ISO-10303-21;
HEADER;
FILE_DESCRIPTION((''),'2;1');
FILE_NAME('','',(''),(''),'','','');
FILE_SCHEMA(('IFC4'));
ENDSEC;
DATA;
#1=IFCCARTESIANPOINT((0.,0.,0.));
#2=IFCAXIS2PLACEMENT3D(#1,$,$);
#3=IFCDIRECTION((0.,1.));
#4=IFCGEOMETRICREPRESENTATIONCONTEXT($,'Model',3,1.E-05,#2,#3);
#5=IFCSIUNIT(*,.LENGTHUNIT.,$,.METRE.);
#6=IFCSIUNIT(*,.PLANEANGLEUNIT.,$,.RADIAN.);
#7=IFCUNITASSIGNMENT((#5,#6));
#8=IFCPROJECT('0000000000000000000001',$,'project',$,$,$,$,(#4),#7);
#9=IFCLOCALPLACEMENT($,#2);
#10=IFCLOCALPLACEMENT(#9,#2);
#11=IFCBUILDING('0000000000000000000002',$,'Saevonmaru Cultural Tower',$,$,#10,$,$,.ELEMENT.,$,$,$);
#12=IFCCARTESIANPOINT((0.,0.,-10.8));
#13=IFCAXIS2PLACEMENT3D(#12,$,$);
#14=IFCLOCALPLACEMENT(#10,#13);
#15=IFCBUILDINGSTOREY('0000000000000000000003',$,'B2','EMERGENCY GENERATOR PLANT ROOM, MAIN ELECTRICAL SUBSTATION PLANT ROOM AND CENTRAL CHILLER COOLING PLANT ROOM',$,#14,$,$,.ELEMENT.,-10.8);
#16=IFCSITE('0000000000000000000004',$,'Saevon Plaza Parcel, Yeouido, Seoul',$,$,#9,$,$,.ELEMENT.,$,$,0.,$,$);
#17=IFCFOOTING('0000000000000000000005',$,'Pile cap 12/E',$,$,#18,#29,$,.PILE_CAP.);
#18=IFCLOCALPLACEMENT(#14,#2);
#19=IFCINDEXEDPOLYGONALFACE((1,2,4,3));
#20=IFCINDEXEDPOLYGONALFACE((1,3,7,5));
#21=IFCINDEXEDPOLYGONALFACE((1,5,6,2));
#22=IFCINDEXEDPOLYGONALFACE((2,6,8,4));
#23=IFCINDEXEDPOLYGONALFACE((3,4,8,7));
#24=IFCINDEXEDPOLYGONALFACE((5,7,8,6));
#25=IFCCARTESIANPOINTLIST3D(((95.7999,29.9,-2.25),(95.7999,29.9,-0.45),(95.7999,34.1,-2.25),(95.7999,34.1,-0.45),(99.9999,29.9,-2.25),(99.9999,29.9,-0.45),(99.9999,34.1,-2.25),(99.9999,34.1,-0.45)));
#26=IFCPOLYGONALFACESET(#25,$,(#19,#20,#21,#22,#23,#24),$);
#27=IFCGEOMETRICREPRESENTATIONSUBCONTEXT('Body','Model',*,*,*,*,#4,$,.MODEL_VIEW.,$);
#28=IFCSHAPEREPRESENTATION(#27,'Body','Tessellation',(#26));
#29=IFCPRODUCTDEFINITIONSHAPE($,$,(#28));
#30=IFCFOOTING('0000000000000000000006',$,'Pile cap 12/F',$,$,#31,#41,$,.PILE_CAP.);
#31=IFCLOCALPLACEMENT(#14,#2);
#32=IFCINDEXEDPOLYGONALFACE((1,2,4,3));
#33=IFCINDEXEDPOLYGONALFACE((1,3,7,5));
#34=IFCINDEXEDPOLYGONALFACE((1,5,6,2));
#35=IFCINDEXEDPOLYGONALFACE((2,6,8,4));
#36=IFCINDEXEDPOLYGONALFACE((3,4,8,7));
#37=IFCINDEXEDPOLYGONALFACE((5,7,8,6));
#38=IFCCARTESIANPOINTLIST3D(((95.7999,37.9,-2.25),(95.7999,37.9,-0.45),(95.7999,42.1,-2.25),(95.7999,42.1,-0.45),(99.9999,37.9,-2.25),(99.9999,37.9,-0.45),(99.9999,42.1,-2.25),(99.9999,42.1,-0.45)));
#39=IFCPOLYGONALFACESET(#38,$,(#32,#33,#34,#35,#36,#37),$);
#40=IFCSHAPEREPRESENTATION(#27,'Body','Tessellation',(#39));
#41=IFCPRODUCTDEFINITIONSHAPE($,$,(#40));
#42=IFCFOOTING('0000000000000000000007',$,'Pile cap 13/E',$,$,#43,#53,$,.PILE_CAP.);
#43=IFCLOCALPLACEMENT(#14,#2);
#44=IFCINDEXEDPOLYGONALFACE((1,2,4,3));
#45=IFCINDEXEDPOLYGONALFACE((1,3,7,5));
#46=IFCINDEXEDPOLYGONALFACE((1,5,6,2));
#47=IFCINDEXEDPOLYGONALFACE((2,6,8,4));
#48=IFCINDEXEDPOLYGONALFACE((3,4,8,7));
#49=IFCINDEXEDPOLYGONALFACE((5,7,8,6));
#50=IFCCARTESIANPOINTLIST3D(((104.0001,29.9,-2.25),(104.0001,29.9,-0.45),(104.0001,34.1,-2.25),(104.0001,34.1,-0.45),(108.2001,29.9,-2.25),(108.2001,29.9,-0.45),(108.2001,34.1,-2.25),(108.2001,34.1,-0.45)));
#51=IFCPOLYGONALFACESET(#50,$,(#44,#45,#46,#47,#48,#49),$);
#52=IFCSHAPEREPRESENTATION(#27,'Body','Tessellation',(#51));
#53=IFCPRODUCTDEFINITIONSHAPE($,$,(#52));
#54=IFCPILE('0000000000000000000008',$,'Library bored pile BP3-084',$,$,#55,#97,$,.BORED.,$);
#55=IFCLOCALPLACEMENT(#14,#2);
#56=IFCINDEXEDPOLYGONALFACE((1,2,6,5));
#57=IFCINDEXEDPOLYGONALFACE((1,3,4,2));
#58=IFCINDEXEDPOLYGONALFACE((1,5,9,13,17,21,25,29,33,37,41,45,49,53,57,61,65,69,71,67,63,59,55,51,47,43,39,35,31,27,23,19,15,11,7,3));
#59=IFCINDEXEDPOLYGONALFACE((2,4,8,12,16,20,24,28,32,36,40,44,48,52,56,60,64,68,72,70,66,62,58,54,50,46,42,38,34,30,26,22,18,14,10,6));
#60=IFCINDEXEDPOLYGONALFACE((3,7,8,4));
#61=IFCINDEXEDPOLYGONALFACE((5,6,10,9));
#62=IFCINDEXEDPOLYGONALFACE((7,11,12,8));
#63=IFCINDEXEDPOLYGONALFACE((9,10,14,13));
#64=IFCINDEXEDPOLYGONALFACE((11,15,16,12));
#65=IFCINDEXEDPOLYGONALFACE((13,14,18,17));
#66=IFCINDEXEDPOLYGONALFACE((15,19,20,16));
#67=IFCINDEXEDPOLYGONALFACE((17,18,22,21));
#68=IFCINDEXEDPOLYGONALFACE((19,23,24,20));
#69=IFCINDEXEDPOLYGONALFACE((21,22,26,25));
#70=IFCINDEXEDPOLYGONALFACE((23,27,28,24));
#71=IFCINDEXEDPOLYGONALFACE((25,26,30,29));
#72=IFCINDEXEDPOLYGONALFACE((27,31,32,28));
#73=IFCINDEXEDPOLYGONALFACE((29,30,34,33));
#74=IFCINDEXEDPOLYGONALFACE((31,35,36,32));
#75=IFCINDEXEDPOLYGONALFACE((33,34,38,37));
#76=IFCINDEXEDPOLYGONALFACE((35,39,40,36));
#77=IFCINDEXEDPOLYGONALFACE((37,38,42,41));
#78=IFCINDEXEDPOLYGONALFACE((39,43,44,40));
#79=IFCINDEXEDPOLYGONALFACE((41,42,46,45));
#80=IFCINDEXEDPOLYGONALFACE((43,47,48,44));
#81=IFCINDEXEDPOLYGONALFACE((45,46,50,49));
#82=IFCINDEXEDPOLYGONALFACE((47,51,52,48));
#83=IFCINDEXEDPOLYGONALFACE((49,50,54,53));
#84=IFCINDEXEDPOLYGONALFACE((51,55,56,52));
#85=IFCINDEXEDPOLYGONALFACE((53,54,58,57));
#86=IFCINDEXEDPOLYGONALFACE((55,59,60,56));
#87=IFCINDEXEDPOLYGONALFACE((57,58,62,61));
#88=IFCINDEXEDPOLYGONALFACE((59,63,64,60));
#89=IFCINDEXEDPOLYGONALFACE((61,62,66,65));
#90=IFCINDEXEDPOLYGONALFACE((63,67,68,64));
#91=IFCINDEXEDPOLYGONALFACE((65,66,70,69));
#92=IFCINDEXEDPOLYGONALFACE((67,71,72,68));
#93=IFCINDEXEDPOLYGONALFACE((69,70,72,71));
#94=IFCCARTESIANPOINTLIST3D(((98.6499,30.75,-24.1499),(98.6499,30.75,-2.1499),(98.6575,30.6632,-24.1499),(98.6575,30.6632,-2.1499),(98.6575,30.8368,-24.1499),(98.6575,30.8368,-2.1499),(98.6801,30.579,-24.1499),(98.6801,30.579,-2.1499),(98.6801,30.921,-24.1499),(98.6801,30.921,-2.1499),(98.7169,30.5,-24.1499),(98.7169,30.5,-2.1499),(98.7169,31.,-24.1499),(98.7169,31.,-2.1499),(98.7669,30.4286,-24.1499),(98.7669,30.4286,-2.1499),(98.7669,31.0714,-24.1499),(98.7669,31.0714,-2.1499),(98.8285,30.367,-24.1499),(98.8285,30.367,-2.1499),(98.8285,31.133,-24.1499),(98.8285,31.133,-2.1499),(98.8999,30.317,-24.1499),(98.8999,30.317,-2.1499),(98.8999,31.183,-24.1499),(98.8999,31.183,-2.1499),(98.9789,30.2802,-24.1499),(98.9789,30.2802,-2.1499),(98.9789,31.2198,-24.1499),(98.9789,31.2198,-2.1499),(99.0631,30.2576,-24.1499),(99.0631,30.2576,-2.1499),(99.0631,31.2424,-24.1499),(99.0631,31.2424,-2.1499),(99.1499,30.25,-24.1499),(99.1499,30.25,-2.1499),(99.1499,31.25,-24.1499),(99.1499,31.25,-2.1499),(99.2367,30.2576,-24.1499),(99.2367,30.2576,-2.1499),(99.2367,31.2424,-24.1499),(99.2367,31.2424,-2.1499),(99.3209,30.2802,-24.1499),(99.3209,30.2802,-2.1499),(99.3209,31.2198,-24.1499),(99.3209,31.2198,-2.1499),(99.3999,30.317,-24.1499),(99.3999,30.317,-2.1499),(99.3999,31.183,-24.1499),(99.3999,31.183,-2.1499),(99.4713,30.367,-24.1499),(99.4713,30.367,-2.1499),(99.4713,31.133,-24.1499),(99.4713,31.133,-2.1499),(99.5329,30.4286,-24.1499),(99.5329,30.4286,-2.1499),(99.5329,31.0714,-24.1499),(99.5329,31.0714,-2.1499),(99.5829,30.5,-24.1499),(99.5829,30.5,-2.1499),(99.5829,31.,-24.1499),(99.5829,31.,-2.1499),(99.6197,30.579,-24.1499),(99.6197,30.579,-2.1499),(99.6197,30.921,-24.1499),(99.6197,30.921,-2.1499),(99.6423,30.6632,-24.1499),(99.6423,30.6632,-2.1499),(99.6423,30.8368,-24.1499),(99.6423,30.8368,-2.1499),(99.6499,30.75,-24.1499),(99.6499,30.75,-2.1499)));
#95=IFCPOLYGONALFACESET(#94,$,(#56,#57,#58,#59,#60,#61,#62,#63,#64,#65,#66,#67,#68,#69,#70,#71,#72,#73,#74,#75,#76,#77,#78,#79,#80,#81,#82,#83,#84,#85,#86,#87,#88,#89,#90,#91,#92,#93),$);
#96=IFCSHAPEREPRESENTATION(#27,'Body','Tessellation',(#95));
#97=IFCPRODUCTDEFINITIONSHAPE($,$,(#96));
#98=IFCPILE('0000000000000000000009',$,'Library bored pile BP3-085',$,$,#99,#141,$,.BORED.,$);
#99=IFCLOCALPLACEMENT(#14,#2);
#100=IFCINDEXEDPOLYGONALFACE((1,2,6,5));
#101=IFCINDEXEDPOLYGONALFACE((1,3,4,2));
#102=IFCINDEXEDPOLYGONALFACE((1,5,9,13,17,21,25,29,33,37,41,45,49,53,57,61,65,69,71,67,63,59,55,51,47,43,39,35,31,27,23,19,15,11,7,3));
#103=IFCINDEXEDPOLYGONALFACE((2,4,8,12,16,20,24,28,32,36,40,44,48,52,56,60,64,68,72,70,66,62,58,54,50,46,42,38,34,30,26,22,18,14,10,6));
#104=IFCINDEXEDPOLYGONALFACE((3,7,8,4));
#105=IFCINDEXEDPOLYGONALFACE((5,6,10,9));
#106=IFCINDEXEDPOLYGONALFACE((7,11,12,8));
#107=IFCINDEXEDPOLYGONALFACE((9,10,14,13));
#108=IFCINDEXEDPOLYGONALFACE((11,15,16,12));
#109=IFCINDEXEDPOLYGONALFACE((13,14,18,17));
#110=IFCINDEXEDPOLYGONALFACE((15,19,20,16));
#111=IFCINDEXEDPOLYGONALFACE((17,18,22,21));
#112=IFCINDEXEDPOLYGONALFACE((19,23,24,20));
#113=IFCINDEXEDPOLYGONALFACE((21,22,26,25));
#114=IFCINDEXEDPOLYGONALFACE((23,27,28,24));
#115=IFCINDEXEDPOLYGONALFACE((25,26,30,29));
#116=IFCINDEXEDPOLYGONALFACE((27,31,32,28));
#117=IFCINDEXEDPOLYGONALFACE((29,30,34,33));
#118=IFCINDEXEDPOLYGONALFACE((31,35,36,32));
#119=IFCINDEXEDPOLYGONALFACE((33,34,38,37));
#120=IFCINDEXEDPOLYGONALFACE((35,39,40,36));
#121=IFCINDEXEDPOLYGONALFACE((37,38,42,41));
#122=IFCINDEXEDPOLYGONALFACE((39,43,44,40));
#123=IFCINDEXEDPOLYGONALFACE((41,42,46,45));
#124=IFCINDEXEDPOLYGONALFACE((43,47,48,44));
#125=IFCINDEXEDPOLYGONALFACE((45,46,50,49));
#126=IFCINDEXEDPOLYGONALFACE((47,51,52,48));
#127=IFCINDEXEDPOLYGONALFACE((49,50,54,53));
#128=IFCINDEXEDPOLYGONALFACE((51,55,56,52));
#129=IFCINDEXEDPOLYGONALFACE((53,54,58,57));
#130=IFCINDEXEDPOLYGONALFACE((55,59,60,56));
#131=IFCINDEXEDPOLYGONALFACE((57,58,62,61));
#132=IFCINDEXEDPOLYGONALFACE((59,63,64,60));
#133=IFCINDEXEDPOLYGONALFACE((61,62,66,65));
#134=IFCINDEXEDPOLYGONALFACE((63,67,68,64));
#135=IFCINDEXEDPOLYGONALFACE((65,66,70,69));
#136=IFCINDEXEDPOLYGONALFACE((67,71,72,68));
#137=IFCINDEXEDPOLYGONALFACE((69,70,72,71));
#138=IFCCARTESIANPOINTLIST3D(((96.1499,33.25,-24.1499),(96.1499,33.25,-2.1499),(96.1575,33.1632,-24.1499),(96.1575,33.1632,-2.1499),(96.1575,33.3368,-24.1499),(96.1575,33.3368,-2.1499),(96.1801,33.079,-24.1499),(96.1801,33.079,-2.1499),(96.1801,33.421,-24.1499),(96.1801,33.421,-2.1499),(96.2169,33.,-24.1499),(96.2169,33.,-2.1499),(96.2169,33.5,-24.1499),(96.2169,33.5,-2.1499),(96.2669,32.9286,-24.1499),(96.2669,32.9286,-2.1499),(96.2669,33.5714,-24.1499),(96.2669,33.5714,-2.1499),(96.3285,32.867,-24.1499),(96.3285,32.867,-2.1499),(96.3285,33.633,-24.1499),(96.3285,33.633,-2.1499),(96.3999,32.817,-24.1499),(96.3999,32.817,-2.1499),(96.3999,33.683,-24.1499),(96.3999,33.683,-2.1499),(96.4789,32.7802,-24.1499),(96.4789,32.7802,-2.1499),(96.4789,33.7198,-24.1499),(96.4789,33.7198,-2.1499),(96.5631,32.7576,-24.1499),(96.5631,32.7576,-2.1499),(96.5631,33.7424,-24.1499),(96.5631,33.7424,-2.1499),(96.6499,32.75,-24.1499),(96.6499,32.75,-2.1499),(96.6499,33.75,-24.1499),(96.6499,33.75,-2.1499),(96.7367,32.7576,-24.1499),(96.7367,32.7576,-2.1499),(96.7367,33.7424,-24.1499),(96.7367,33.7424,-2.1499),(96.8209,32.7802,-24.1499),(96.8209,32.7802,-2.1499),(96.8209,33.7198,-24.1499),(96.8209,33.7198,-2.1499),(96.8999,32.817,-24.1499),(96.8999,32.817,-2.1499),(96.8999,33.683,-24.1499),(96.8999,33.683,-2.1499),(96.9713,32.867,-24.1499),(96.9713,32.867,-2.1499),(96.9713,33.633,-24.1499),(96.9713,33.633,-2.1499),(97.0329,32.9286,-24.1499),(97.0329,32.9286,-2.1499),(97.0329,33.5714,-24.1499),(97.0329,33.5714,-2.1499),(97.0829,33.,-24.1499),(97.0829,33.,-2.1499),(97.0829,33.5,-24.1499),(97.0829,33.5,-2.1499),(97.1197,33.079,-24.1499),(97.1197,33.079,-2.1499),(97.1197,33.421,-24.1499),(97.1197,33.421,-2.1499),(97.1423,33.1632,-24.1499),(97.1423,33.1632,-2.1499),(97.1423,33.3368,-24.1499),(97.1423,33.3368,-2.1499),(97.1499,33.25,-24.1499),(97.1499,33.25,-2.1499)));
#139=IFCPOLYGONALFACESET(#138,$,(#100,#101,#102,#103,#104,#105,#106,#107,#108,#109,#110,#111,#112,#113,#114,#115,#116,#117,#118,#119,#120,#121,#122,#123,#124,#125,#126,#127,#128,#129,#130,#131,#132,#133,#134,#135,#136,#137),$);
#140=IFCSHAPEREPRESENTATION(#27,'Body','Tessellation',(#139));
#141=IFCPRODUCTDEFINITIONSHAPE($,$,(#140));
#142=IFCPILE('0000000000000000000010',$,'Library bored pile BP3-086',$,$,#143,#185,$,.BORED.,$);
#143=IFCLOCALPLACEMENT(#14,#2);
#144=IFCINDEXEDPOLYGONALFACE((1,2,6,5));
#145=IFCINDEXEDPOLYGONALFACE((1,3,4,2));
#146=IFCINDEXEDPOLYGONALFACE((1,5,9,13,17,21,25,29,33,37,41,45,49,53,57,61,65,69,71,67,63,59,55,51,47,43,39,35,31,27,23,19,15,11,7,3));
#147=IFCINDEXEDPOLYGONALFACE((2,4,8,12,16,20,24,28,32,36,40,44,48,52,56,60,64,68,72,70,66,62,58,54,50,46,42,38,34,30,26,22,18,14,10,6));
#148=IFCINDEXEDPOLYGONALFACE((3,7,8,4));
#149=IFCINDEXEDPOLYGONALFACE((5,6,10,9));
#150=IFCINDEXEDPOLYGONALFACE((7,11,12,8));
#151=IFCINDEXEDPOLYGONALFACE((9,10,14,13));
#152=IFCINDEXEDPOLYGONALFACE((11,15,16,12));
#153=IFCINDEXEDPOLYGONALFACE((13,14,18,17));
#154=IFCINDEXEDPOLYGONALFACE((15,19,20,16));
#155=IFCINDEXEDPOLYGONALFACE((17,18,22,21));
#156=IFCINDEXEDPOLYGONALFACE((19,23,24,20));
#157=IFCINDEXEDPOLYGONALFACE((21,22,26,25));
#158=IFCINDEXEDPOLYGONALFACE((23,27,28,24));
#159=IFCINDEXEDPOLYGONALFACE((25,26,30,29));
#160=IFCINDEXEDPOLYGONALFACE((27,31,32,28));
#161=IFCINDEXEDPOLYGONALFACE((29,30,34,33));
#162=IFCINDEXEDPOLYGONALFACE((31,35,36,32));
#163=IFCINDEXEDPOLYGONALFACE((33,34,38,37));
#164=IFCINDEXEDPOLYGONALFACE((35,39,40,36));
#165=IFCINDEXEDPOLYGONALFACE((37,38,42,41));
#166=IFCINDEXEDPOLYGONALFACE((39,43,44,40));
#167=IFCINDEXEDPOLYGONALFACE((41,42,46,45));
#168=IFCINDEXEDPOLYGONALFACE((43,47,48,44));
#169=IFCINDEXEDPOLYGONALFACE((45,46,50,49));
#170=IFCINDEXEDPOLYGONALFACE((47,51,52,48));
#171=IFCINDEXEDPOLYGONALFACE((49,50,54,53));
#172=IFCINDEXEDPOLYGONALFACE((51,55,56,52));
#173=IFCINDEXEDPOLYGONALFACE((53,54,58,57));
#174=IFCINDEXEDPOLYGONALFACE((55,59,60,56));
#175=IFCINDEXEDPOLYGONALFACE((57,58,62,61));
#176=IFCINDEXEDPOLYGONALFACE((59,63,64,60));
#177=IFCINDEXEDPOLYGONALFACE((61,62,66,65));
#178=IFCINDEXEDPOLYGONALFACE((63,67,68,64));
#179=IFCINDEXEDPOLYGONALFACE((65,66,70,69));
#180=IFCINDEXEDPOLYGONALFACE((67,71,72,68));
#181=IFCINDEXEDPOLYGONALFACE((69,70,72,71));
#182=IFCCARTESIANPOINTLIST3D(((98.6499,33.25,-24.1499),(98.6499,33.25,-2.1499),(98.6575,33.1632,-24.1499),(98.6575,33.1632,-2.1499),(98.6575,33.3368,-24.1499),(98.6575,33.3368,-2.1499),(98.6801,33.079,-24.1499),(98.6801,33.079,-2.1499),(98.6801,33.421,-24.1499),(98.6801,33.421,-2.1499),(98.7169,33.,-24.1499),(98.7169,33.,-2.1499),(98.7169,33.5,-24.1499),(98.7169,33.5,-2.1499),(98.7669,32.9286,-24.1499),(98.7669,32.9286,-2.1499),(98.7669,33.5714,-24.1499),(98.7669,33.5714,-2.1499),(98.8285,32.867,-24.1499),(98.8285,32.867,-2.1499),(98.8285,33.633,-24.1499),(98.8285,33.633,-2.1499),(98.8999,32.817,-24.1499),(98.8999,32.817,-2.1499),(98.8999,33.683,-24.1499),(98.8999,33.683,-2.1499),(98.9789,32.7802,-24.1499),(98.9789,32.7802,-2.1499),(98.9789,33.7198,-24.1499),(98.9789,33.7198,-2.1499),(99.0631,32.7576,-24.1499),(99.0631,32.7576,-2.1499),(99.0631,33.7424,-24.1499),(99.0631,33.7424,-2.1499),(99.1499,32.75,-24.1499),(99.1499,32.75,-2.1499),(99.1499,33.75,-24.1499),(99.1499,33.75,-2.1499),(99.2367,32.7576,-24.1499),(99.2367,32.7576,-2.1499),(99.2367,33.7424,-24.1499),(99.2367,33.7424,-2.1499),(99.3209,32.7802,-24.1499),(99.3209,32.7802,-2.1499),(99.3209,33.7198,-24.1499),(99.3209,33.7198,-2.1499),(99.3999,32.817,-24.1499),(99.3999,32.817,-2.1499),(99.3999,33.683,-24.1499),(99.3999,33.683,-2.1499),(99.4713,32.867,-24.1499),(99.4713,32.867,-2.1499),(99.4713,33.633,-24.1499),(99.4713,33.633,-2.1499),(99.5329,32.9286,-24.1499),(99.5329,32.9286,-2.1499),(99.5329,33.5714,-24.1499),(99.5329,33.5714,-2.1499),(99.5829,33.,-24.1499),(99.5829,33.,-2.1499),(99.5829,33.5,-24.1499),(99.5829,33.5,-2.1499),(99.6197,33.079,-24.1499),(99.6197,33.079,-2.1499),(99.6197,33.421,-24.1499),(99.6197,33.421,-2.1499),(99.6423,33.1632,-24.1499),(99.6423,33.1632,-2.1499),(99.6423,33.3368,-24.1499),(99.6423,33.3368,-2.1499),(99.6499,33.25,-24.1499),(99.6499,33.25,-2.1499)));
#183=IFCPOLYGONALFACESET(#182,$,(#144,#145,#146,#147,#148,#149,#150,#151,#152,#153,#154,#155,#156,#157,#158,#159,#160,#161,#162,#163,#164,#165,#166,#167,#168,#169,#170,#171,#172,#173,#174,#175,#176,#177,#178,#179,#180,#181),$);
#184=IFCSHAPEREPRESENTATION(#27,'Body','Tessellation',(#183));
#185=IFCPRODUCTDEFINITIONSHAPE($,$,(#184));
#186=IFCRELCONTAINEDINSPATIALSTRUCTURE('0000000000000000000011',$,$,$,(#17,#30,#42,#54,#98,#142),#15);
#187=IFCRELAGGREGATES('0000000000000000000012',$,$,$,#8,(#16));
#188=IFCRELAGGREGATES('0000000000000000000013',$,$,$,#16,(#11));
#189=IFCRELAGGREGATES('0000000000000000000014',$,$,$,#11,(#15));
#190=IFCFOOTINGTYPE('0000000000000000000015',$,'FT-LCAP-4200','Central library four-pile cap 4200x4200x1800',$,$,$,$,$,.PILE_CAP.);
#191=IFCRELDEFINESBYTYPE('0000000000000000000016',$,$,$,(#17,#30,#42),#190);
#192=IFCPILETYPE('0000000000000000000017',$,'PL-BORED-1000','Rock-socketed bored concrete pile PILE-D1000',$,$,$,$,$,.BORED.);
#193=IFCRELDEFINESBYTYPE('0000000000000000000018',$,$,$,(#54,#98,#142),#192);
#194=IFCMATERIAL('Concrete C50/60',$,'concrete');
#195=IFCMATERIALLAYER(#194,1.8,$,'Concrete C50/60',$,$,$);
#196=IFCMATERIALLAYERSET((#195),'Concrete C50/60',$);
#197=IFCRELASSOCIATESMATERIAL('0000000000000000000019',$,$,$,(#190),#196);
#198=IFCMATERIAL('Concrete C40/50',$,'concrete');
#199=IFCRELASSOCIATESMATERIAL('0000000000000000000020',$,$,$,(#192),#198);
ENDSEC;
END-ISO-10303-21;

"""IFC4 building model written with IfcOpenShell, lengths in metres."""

from ifc_helpers import new_model, si_unit, direction, frame, origin, origin_2d, place, context, subcontext, project, spatial, rectangle, circle, extrude, material, layer, layer_set, material_profile, profile_set, type_object, element, save


model = new_model("IFC4")

# Units and contexts
model_context = context("Model", 3, precision=1e-05, world=origin(), true_north=direction((0.0, 1.0)))
body_context = subcontext(model_context, "Body", "Model", "MODEL_VIEW")
ifc_project = project(units=[si_unit("LENGTHUNIT", "METRE"), si_unit("PLANEANGLEUNIT", "RADIAN")], contexts=[model_context])

# Site, building, storey
site_placement = place(None, origin())
site = spatial("IfcSite", under=ifc_project, at=site_placement, Name="Saevon Plaza Parcel, Yeouido, Seoul", CompositionType="ELEMENT", RefElevation=0.0)
building_placement = place(site_placement, origin())
building = spatial("IfcBuilding", under=site, at=building_placement, Name="Saevonmaru Cultural Tower", CompositionType="ELEMENT")
storey_placement = place(building_placement, frame((0.0, 0.0, -10.8)))
storey = spatial("IfcBuildingStorey", under=building, at=storey_placement, Name="B2", Description="EMERGENCY GENERATOR PLANT ROOM, MAIN ELECTRICAL SUBSTATION PLANT ROOM AND CENTRAL CHILLER COOLING PLANT ROOM", CompositionType="ELEMENT", Elevation=-10.8)

# Footings
ifc_material_1 = material(Name="Concrete C50/60", Category="concrete")
ifc_layer_1 = layer(ifc_material_1, 1.8, Name="Concrete C50/60")
ifc_layer_set_1 = layer_set([ifc_layer_1], Name="Concrete C50/60")
footing_type = type_object("IfcFootingType", Name="FT-LCAP-4200", Description="Central library four-pile cap 4200x4200x1800", PredefinedType="PILE_CAP", material=ifc_layer_set_1)
for number, where, z_axis, x_axis, name in (
    (1, (97.8999, 32.0, -2.25), (0.0, 0.0, 1.0), (1.0, 0.0, 0.0), "Pile cap 12/E"),
    (2, (97.8999, 40.0, -2.25), (0.0, 0.0, 1.0), (1.0, 0.0, 0.0), "Pile cap 12/F"),
    (3, (106.1001, 32.0, -2.25), (0.0, 0.0, 1.0), (1.0, 0.0, 0.0), "Pile cap 13/E"),
):
    element("IfcFooting", number, at=place(storey_placement, frame(where, z_axis=z_axis, x_axis=x_axis)), inside=storey, type_object=footing_type, Name=name, PredefinedType="PILE_CAP", context=body_context, shape_type="SweptSolid", body=[
        extrude(rectangle(XDim=4.2, YDim=4.2, at=origin_2d()), origin(), (0.0, 0.0, 1.0), 1.8),
    ])

# Piles
ifc_material_2 = material(Name="Concrete C40/50", Category="concrete")
ifc_material_profile_1 = material_profile(ifc_material_2, circle(Radius=0.5, at=origin_2d()), Name="PILE-D1000")
ifc_profile_set_1 = profile_set([ifc_material_profile_1], Name="Concrete C40/50")
pile_type_1 = type_object("IfcPileType", Name="PL-BORED-1000", Description="Rock-socketed bored concrete pile PILE-D1000", PredefinedType="BORED", material=ifc_profile_set_1)
for number, where, z_axis, x_axis, name in (
    (4, (99.1499, 30.75, -2.1499), (0.0, 0.0, -1.0), (1.0, 0.0, 0.0), "Library bored pile BP3-084"),
    (5, (96.6499, 33.25, -2.1499), (0.0, 0.0, -1.0), (1.0, 0.0, 0.0), "Library bored pile BP3-085"),
    (6, (99.1499, 33.25, -2.1499), (0.0, 0.0, -1.0), (1.0, 0.0, 0.0), "Library bored pile BP3-086"),
):
    element("IfcPile", number, at=place(storey_placement, frame(where, z_axis=z_axis, x_axis=x_axis)), inside=storey, type_object=pile_type_1, Name=name, PredefinedType="BORED", context=body_context, shape_type="SweptSolid", body=[
        extrude(circle(Radius=0.5, at=origin_2d()), origin(), (0.0, 0.0, 1.0), 22.0),
    ])

save(model, "model.ifc")
